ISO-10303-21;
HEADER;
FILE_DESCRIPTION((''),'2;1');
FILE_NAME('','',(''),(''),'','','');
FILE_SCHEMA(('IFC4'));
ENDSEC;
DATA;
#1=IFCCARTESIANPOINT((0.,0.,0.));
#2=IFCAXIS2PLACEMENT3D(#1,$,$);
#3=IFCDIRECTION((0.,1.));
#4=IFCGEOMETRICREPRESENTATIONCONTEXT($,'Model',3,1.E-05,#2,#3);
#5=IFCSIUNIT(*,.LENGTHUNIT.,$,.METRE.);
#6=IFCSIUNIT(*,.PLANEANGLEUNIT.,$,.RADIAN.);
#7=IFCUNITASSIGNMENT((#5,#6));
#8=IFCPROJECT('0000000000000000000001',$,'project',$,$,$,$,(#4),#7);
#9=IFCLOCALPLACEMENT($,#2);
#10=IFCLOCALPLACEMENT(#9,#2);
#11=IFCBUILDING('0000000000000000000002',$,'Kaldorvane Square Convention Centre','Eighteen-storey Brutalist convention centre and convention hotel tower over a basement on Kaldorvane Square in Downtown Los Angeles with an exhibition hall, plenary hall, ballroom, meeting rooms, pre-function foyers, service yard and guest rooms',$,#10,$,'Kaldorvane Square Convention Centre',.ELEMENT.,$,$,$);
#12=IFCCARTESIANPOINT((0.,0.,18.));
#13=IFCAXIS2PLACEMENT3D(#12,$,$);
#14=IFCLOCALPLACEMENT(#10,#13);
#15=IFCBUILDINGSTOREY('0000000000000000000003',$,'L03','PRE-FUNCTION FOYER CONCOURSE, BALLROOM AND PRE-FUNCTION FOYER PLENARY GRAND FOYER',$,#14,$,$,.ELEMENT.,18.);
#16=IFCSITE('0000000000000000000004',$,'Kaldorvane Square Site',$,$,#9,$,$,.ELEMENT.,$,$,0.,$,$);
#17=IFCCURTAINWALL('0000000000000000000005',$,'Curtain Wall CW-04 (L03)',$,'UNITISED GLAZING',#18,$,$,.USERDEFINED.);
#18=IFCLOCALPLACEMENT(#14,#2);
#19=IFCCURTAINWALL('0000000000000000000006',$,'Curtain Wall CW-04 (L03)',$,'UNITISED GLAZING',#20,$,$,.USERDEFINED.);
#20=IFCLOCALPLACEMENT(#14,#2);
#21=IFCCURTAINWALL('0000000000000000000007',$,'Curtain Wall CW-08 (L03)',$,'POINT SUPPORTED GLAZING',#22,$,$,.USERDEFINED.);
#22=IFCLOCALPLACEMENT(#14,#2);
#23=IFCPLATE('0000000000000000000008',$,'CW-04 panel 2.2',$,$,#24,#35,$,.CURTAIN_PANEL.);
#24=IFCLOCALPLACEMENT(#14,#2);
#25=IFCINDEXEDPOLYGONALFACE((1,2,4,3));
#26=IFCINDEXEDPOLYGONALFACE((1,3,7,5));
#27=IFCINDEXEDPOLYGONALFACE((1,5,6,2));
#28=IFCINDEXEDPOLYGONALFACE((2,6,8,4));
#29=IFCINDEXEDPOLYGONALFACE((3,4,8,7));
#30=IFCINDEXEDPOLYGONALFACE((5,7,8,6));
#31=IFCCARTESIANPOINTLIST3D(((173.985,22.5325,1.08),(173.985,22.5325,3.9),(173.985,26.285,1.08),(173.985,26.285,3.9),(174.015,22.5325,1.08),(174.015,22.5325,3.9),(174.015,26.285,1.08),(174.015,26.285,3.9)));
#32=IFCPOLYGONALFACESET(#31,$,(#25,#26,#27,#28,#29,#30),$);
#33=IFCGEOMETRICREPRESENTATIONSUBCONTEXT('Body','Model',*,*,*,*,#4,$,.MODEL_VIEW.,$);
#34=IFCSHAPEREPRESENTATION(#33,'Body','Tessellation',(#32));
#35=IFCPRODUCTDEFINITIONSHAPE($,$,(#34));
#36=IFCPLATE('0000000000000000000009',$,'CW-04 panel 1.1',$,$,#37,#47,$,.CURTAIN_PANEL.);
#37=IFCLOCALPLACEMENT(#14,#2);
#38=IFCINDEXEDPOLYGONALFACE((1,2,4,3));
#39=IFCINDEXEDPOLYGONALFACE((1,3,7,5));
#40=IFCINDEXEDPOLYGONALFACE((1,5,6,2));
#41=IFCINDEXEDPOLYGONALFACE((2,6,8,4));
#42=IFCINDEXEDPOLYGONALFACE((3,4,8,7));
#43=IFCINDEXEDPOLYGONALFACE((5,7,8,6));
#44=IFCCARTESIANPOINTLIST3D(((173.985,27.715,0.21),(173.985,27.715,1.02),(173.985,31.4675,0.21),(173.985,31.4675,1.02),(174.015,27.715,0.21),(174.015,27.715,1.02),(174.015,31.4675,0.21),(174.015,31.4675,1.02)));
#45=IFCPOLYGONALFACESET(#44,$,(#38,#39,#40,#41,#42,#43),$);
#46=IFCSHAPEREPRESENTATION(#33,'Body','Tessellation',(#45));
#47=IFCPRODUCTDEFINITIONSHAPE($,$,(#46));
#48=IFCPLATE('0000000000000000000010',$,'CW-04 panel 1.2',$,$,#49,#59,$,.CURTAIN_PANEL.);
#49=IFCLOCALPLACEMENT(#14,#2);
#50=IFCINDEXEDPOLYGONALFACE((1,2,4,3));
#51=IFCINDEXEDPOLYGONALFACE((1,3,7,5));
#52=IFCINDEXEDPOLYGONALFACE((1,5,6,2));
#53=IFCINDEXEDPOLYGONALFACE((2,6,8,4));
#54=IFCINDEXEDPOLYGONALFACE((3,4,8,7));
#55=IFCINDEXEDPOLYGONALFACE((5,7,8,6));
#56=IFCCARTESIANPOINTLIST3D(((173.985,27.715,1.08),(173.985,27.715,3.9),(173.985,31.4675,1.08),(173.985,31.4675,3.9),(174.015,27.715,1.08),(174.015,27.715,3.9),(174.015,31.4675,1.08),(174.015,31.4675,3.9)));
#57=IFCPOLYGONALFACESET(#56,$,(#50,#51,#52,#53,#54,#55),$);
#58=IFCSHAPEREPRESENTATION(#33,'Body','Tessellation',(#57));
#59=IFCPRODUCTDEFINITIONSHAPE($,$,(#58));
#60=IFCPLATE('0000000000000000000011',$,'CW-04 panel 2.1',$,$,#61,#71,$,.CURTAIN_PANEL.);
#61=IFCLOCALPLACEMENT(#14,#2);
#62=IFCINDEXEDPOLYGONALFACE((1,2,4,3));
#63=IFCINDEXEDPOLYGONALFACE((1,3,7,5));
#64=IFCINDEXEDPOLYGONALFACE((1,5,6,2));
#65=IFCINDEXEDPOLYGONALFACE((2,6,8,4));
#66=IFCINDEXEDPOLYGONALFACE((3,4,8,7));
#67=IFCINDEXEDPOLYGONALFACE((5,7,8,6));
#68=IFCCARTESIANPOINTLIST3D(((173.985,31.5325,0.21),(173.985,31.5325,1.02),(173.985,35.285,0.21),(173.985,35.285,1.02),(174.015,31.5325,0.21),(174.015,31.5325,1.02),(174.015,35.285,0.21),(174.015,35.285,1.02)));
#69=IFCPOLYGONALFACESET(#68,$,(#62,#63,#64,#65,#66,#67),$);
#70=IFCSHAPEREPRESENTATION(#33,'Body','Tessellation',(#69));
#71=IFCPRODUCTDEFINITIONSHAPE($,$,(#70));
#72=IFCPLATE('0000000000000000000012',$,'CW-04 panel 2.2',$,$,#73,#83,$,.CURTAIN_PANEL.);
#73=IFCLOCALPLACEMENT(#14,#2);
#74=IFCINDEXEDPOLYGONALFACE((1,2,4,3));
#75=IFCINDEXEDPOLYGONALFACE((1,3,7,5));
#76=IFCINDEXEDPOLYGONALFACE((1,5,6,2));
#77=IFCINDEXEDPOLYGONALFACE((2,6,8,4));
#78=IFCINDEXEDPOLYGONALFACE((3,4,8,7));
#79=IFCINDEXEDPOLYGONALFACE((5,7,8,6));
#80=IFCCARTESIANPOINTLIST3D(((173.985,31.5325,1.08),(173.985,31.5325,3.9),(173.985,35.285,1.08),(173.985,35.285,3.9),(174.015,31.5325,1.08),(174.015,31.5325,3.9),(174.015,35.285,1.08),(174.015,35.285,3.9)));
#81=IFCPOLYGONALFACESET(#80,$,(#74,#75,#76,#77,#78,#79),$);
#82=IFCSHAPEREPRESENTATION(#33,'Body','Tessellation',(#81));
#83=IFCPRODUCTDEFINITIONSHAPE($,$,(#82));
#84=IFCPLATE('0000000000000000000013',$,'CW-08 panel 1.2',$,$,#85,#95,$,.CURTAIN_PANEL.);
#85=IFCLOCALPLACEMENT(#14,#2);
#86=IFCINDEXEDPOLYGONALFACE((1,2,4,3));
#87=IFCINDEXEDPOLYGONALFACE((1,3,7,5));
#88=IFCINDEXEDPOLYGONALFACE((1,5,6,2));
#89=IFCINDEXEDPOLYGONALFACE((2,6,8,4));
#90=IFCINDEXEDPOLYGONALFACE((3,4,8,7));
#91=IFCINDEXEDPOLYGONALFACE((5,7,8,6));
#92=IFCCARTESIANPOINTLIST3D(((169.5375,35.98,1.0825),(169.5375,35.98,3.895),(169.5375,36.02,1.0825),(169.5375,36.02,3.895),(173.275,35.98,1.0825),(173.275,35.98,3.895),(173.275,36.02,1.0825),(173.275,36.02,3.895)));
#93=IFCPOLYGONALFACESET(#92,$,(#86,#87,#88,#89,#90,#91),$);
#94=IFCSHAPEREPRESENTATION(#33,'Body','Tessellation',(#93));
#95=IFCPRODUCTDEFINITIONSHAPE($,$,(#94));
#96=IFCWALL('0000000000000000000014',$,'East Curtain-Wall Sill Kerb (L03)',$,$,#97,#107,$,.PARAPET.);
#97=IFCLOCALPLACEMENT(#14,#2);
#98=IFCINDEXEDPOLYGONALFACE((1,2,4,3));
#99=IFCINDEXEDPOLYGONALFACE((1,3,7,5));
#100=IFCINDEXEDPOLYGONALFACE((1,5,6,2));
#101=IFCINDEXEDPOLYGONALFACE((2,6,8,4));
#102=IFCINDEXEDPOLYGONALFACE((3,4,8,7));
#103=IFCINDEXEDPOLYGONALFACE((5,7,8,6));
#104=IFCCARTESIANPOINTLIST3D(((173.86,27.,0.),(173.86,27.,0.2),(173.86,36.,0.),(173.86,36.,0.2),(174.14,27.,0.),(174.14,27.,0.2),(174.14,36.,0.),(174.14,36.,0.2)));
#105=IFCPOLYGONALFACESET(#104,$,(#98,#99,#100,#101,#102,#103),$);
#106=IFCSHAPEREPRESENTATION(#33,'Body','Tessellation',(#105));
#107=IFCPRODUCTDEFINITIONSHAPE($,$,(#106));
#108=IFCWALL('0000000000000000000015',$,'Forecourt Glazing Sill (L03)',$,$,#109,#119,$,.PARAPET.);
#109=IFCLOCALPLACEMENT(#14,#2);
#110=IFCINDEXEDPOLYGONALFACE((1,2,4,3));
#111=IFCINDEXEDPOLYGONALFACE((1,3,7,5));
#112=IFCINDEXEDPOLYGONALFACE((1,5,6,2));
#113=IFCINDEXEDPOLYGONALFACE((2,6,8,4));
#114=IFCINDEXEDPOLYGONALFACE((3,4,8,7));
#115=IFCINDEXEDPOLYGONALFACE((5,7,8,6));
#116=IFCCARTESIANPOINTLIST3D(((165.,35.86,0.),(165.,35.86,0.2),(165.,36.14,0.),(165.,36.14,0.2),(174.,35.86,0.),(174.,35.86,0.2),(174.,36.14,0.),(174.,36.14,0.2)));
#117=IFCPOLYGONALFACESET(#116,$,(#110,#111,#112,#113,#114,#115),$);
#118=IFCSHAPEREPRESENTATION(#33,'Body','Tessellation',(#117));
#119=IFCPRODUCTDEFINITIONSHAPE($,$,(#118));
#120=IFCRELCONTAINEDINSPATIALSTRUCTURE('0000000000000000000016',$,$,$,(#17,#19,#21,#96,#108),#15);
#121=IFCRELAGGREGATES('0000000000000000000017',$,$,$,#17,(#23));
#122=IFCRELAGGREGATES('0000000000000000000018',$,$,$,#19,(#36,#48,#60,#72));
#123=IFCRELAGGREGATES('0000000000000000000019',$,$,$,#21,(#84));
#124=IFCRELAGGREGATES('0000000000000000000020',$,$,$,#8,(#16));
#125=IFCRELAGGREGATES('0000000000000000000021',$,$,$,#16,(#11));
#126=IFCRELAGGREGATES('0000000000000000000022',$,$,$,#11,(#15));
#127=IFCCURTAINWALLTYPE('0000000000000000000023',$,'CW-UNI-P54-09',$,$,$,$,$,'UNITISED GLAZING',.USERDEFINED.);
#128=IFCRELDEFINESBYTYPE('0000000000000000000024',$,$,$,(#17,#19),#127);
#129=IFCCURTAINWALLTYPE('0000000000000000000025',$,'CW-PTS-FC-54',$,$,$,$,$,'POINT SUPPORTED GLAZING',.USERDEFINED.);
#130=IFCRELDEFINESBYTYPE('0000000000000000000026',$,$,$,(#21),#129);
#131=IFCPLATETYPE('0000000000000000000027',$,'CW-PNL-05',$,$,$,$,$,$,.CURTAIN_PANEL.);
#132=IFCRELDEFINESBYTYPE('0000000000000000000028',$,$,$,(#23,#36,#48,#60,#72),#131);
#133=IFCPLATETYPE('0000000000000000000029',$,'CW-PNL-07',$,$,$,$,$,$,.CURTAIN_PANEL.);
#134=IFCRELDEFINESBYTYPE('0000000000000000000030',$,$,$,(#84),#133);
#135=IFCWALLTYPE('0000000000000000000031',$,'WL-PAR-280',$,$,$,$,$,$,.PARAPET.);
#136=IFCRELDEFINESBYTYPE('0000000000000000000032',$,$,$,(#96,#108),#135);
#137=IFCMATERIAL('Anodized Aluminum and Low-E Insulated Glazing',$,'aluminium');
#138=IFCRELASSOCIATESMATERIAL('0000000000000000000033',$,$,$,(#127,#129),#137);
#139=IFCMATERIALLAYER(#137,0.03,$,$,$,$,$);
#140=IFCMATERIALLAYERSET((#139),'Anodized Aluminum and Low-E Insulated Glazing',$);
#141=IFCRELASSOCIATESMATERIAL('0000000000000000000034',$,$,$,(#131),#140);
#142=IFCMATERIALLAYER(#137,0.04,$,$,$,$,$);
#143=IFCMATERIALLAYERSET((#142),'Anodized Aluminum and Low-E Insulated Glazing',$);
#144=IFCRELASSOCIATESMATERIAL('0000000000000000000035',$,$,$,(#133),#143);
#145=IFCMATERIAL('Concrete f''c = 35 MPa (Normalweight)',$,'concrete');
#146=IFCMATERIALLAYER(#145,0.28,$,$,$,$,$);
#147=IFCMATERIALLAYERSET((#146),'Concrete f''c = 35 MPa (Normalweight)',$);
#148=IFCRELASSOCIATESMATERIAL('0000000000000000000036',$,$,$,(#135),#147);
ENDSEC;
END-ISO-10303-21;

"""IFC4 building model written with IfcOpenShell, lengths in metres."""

from ifc_helpers import new_model, si_unit, direction, frame, frame_2d, origin, origin_2d, place, context, subcontext, project, spatial, rectangle, extrude, material, layer, layer_set, type_object, element, aggregate, save


model = new_model("IFC4")

# Units and contexts
model_context = context("Model", 3, precision=1e-05, world=origin(), true_north=direction((0.0, 1.0)))
body_context = subcontext(model_context, "Body", "Model", "MODEL_VIEW")
ifc_project = project(units=[si_unit("LENGTHUNIT", "METRE"), si_unit("PLANEANGLEUNIT", "RADIAN")], contexts=[model_context])

# Site, building, storey
site_placement = place(None, origin())
site = spatial("IfcSite", under=ifc_project, at=site_placement, Name="Kaldorvane Square Site", CompositionType="ELEMENT", RefElevation=0.0)
building_placement = place(site_placement, origin())
building = spatial("IfcBuilding", under=site, at=building_placement, Name="Kaldorvane Square Convention Centre", Description="Eighteen-storey Brutalist convention centre and convention hotel tower over a basement on Kaldorvane Square in Downtown Los Angeles with an exhibition hall, plenary hall, ballroom, meeting rooms, pre-function foyers, service yard and guest rooms", LongName="Kaldorvane Square Convention Centre", CompositionType="ELEMENT")
storey_placement = place(building_placement, frame((0.0, 0.0, 18.0)))
storey = spatial("IfcBuildingStorey", under=building, at=storey_placement, Name="L03", Description="PRE-FUNCTION FOYER CONCOURSE, BALLROOM AND PRE-FUNCTION FOYER PLENARY GRAND FOYER", CompositionType="ELEMENT", Elevation=18.0)

# Curtain wall
ifc_material_1 = material(Name="Anodized Aluminum and Low-E Insulated Glazing", Category="aluminium")
curtain_wall_type_1 = type_object("IfcCurtainWallType", Name="CW-UNI-P54-09", ElementType="UNITISED GLAZING", PredefinedType="USERDEFINED", material=ifc_material_1)
curtain_wall_1_placement = place(storey_placement, origin())
curtain_wall_1 = element("IfcCurtainWall", 1, at=curtain_wall_1_placement, inside=storey, type_object=curtain_wall_type_1, Name="Curtain Wall CW-04 (L03)", ObjectType="UNITISED GLAZING", PredefinedType="USERDEFINED")

# Curtain wall
curtain_wall_2_placement = place(storey_placement, origin())
curtain_wall_2 = element("IfcCurtainWall", 2, at=curtain_wall_2_placement, inside=storey, type_object=curtain_wall_type_1, Name="Curtain Wall CW-04 (L03)", ObjectType="UNITISED GLAZING", PredefinedType="USERDEFINED")

# Curtain wall
curtain_wall_type_2 = type_object("IfcCurtainWallType", Name="CW-PTS-FC-54", ElementType="POINT SUPPORTED GLAZING", PredefinedType="USERDEFINED", material=ifc_material_1)
curtain_wall_3_placement = place(storey_placement, origin())
curtain_wall_3 = element("IfcCurtainWall", 3, at=curtain_wall_3_placement, inside=storey, type_object=curtain_wall_type_2, Name="Curtain Wall CW-08 (L03)", ObjectType="POINT SUPPORTED GLAZING", PredefinedType="USERDEFINED")

# Plates
ifc_layer_1 = layer(ifc_material_1, 0.03)
ifc_layer_set_1 = layer_set([ifc_layer_1], Name="Anodized Aluminum and Low-E Insulated Glazing")
plate_type_1 = type_object("IfcPlateType", Name="CW-PNL-05", PredefinedType="CURTAIN_PANEL", material=ifc_layer_set_1)
plate_1_placement = place(storey_placement, frame((174.0, 24.4088, 1.08), z_axis=(0.0, 0.0, 1.0), x_axis=(0.0, 1.0, 0.0)))
plate_1 = element("IfcPlate", 4, at=plate_1_placement, type_object=plate_type_1, Name="CW-04 panel 2.2", PredefinedType="CURTAIN_PANEL", context=body_context, shape_type="SweptSolid", body=[
    extrude(rectangle(XDim=3.7525, YDim=0.03, at=origin_2d()), origin(), (0.0, 0.0, 1.0), 2.82),
])
aggregate(curtain_wall_1, [plate_1])
plate_2_placement = place(storey_placement, frame((174.0, 29.5912, 0.21), z_axis=(0.0, 0.0, 1.0), x_axis=(0.0, 1.0, 0.0)))
plate_2 = element("IfcPlate", 5, at=plate_2_placement, type_object=plate_type_1, Name="CW-04 panel 1.1", PredefinedType="CURTAIN_PANEL", context=body_context, shape_type="SweptSolid", body=[
    extrude(rectangle(XDim=3.7525, YDim=0.03, at=origin_2d()), origin(), (0.0, 0.0, 1.0), 0.81),
])
plate_3_placement = place(storey_placement, frame((174.0, 29.5912, 1.08), z_axis=(0.0, 0.0, 1.0), x_axis=(0.0, 1.0, 0.0)))
plate_3 = element("IfcPlate", 6, at=plate_3_placement, type_object=plate_type_1, Name="CW-04 panel 1.2", PredefinedType="CURTAIN_PANEL", context=body_context, shape_type="SweptSolid", body=[
    extrude(rectangle(XDim=3.7525, YDim=0.03, at=origin_2d()), origin(), (0.0, 0.0, 1.0), 2.82),
])
plate_4_placement = place(storey_placement, frame((174.0, 33.4088, 0.21), z_axis=(0.0, 0.0, 1.0), x_axis=(0.0, 1.0, 0.0)))
plate_4 = element("IfcPlate", 7, at=plate_4_placement, type_object=plate_type_1, Name="CW-04 panel 2.1", PredefinedType="CURTAIN_PANEL", context=body_context, shape_type="SweptSolid", body=[
    extrude(rectangle(XDim=3.7525, YDim=0.03, at=origin_2d()), origin(), (0.0, 0.0, 1.0), 0.81),
])
plate_5_placement = place(storey_placement, frame((174.0, 33.4088, 1.08), z_axis=(0.0, 0.0, 1.0), x_axis=(0.0, 1.0, 0.0)))
plate_5 = element("IfcPlate", 8, at=plate_5_placement, type_object=plate_type_1, Name="CW-04 panel 2.2", PredefinedType="CURTAIN_PANEL", context=body_context, shape_type="SweptSolid", body=[
    extrude(rectangle(XDim=3.7525, YDim=0.03, at=origin_2d()), origin(), (0.0, 0.0, 1.0), 2.82),
])
aggregate(curtain_wall_2, [plate_2, plate_3, plate_4, plate_5])
ifc_layer_2 = layer(ifc_material_1, 0.04)
ifc_layer_set_2 = layer_set([ifc_layer_2], Name="Anodized Aluminum and Low-E Insulated Glazing")
plate_type_2 = type_object("IfcPlateType", Name="CW-PNL-07", PredefinedType="CURTAIN_PANEL", material=ifc_layer_set_2)
plate_6_placement = place(storey_placement, frame((171.4062, 36.0, 1.0825), z_axis=(0.0, 0.0, 1.0), x_axis=(-1.0, 0.0, 0.0)))
plate_6 = element("IfcPlate", 9, at=plate_6_placement, type_object=plate_type_2, Name="CW-08 panel 1.2", PredefinedType="CURTAIN_PANEL", context=body_context, shape_type="SweptSolid", body=[
    extrude(rectangle(XDim=3.7375, YDim=0.04, at=origin_2d()), origin(), (0.0, 0.0, 1.0), 2.8125),
])
aggregate(curtain_wall_3, [plate_6])

# Walls
ifc_material_2 = material(Name="Concrete f'c = 35 MPa (Normalweight)", Category="concrete")
ifc_layer_3 = layer(ifc_material_2, 0.28)
ifc_layer_set_3 = layer_set([ifc_layer_3], Name="Concrete f'c = 35 MPa (Normalweight)")
wall_type = type_object("IfcWallType", Name="WL-PAR-280", PredefinedType="PARAPET", material=ifc_layer_set_3)
for number, where, z_axis, x_axis, name in (
    (10, (174.0, 27.0, 0.0), (0.0, 0.0, 1.0), (0.0, 1.0, 0.0), "East Curtain-Wall Sill Kerb (L03)"),
    (11, (174.0, 36.0, 0.0), (0.0, 0.0, 1.0), (-1.0, 0.0, 0.0), "Forecourt Glazing Sill (L03)"),
):
    element("IfcWall", number, at=place(storey_placement, frame(where, z_axis=z_axis, x_axis=x_axis)), inside=storey, type_object=wall_type, Name=name, PredefinedType="PARAPET", context=body_context, shape_type="SweptSolid", body=[
        extrude(rectangle(XDim=9.0, YDim=0.28, at=frame_2d((4.5, 0.0))), origin(), (0.0, 0.0, 1.0), 0.2),
    ])

save(model, "model.ifc")
